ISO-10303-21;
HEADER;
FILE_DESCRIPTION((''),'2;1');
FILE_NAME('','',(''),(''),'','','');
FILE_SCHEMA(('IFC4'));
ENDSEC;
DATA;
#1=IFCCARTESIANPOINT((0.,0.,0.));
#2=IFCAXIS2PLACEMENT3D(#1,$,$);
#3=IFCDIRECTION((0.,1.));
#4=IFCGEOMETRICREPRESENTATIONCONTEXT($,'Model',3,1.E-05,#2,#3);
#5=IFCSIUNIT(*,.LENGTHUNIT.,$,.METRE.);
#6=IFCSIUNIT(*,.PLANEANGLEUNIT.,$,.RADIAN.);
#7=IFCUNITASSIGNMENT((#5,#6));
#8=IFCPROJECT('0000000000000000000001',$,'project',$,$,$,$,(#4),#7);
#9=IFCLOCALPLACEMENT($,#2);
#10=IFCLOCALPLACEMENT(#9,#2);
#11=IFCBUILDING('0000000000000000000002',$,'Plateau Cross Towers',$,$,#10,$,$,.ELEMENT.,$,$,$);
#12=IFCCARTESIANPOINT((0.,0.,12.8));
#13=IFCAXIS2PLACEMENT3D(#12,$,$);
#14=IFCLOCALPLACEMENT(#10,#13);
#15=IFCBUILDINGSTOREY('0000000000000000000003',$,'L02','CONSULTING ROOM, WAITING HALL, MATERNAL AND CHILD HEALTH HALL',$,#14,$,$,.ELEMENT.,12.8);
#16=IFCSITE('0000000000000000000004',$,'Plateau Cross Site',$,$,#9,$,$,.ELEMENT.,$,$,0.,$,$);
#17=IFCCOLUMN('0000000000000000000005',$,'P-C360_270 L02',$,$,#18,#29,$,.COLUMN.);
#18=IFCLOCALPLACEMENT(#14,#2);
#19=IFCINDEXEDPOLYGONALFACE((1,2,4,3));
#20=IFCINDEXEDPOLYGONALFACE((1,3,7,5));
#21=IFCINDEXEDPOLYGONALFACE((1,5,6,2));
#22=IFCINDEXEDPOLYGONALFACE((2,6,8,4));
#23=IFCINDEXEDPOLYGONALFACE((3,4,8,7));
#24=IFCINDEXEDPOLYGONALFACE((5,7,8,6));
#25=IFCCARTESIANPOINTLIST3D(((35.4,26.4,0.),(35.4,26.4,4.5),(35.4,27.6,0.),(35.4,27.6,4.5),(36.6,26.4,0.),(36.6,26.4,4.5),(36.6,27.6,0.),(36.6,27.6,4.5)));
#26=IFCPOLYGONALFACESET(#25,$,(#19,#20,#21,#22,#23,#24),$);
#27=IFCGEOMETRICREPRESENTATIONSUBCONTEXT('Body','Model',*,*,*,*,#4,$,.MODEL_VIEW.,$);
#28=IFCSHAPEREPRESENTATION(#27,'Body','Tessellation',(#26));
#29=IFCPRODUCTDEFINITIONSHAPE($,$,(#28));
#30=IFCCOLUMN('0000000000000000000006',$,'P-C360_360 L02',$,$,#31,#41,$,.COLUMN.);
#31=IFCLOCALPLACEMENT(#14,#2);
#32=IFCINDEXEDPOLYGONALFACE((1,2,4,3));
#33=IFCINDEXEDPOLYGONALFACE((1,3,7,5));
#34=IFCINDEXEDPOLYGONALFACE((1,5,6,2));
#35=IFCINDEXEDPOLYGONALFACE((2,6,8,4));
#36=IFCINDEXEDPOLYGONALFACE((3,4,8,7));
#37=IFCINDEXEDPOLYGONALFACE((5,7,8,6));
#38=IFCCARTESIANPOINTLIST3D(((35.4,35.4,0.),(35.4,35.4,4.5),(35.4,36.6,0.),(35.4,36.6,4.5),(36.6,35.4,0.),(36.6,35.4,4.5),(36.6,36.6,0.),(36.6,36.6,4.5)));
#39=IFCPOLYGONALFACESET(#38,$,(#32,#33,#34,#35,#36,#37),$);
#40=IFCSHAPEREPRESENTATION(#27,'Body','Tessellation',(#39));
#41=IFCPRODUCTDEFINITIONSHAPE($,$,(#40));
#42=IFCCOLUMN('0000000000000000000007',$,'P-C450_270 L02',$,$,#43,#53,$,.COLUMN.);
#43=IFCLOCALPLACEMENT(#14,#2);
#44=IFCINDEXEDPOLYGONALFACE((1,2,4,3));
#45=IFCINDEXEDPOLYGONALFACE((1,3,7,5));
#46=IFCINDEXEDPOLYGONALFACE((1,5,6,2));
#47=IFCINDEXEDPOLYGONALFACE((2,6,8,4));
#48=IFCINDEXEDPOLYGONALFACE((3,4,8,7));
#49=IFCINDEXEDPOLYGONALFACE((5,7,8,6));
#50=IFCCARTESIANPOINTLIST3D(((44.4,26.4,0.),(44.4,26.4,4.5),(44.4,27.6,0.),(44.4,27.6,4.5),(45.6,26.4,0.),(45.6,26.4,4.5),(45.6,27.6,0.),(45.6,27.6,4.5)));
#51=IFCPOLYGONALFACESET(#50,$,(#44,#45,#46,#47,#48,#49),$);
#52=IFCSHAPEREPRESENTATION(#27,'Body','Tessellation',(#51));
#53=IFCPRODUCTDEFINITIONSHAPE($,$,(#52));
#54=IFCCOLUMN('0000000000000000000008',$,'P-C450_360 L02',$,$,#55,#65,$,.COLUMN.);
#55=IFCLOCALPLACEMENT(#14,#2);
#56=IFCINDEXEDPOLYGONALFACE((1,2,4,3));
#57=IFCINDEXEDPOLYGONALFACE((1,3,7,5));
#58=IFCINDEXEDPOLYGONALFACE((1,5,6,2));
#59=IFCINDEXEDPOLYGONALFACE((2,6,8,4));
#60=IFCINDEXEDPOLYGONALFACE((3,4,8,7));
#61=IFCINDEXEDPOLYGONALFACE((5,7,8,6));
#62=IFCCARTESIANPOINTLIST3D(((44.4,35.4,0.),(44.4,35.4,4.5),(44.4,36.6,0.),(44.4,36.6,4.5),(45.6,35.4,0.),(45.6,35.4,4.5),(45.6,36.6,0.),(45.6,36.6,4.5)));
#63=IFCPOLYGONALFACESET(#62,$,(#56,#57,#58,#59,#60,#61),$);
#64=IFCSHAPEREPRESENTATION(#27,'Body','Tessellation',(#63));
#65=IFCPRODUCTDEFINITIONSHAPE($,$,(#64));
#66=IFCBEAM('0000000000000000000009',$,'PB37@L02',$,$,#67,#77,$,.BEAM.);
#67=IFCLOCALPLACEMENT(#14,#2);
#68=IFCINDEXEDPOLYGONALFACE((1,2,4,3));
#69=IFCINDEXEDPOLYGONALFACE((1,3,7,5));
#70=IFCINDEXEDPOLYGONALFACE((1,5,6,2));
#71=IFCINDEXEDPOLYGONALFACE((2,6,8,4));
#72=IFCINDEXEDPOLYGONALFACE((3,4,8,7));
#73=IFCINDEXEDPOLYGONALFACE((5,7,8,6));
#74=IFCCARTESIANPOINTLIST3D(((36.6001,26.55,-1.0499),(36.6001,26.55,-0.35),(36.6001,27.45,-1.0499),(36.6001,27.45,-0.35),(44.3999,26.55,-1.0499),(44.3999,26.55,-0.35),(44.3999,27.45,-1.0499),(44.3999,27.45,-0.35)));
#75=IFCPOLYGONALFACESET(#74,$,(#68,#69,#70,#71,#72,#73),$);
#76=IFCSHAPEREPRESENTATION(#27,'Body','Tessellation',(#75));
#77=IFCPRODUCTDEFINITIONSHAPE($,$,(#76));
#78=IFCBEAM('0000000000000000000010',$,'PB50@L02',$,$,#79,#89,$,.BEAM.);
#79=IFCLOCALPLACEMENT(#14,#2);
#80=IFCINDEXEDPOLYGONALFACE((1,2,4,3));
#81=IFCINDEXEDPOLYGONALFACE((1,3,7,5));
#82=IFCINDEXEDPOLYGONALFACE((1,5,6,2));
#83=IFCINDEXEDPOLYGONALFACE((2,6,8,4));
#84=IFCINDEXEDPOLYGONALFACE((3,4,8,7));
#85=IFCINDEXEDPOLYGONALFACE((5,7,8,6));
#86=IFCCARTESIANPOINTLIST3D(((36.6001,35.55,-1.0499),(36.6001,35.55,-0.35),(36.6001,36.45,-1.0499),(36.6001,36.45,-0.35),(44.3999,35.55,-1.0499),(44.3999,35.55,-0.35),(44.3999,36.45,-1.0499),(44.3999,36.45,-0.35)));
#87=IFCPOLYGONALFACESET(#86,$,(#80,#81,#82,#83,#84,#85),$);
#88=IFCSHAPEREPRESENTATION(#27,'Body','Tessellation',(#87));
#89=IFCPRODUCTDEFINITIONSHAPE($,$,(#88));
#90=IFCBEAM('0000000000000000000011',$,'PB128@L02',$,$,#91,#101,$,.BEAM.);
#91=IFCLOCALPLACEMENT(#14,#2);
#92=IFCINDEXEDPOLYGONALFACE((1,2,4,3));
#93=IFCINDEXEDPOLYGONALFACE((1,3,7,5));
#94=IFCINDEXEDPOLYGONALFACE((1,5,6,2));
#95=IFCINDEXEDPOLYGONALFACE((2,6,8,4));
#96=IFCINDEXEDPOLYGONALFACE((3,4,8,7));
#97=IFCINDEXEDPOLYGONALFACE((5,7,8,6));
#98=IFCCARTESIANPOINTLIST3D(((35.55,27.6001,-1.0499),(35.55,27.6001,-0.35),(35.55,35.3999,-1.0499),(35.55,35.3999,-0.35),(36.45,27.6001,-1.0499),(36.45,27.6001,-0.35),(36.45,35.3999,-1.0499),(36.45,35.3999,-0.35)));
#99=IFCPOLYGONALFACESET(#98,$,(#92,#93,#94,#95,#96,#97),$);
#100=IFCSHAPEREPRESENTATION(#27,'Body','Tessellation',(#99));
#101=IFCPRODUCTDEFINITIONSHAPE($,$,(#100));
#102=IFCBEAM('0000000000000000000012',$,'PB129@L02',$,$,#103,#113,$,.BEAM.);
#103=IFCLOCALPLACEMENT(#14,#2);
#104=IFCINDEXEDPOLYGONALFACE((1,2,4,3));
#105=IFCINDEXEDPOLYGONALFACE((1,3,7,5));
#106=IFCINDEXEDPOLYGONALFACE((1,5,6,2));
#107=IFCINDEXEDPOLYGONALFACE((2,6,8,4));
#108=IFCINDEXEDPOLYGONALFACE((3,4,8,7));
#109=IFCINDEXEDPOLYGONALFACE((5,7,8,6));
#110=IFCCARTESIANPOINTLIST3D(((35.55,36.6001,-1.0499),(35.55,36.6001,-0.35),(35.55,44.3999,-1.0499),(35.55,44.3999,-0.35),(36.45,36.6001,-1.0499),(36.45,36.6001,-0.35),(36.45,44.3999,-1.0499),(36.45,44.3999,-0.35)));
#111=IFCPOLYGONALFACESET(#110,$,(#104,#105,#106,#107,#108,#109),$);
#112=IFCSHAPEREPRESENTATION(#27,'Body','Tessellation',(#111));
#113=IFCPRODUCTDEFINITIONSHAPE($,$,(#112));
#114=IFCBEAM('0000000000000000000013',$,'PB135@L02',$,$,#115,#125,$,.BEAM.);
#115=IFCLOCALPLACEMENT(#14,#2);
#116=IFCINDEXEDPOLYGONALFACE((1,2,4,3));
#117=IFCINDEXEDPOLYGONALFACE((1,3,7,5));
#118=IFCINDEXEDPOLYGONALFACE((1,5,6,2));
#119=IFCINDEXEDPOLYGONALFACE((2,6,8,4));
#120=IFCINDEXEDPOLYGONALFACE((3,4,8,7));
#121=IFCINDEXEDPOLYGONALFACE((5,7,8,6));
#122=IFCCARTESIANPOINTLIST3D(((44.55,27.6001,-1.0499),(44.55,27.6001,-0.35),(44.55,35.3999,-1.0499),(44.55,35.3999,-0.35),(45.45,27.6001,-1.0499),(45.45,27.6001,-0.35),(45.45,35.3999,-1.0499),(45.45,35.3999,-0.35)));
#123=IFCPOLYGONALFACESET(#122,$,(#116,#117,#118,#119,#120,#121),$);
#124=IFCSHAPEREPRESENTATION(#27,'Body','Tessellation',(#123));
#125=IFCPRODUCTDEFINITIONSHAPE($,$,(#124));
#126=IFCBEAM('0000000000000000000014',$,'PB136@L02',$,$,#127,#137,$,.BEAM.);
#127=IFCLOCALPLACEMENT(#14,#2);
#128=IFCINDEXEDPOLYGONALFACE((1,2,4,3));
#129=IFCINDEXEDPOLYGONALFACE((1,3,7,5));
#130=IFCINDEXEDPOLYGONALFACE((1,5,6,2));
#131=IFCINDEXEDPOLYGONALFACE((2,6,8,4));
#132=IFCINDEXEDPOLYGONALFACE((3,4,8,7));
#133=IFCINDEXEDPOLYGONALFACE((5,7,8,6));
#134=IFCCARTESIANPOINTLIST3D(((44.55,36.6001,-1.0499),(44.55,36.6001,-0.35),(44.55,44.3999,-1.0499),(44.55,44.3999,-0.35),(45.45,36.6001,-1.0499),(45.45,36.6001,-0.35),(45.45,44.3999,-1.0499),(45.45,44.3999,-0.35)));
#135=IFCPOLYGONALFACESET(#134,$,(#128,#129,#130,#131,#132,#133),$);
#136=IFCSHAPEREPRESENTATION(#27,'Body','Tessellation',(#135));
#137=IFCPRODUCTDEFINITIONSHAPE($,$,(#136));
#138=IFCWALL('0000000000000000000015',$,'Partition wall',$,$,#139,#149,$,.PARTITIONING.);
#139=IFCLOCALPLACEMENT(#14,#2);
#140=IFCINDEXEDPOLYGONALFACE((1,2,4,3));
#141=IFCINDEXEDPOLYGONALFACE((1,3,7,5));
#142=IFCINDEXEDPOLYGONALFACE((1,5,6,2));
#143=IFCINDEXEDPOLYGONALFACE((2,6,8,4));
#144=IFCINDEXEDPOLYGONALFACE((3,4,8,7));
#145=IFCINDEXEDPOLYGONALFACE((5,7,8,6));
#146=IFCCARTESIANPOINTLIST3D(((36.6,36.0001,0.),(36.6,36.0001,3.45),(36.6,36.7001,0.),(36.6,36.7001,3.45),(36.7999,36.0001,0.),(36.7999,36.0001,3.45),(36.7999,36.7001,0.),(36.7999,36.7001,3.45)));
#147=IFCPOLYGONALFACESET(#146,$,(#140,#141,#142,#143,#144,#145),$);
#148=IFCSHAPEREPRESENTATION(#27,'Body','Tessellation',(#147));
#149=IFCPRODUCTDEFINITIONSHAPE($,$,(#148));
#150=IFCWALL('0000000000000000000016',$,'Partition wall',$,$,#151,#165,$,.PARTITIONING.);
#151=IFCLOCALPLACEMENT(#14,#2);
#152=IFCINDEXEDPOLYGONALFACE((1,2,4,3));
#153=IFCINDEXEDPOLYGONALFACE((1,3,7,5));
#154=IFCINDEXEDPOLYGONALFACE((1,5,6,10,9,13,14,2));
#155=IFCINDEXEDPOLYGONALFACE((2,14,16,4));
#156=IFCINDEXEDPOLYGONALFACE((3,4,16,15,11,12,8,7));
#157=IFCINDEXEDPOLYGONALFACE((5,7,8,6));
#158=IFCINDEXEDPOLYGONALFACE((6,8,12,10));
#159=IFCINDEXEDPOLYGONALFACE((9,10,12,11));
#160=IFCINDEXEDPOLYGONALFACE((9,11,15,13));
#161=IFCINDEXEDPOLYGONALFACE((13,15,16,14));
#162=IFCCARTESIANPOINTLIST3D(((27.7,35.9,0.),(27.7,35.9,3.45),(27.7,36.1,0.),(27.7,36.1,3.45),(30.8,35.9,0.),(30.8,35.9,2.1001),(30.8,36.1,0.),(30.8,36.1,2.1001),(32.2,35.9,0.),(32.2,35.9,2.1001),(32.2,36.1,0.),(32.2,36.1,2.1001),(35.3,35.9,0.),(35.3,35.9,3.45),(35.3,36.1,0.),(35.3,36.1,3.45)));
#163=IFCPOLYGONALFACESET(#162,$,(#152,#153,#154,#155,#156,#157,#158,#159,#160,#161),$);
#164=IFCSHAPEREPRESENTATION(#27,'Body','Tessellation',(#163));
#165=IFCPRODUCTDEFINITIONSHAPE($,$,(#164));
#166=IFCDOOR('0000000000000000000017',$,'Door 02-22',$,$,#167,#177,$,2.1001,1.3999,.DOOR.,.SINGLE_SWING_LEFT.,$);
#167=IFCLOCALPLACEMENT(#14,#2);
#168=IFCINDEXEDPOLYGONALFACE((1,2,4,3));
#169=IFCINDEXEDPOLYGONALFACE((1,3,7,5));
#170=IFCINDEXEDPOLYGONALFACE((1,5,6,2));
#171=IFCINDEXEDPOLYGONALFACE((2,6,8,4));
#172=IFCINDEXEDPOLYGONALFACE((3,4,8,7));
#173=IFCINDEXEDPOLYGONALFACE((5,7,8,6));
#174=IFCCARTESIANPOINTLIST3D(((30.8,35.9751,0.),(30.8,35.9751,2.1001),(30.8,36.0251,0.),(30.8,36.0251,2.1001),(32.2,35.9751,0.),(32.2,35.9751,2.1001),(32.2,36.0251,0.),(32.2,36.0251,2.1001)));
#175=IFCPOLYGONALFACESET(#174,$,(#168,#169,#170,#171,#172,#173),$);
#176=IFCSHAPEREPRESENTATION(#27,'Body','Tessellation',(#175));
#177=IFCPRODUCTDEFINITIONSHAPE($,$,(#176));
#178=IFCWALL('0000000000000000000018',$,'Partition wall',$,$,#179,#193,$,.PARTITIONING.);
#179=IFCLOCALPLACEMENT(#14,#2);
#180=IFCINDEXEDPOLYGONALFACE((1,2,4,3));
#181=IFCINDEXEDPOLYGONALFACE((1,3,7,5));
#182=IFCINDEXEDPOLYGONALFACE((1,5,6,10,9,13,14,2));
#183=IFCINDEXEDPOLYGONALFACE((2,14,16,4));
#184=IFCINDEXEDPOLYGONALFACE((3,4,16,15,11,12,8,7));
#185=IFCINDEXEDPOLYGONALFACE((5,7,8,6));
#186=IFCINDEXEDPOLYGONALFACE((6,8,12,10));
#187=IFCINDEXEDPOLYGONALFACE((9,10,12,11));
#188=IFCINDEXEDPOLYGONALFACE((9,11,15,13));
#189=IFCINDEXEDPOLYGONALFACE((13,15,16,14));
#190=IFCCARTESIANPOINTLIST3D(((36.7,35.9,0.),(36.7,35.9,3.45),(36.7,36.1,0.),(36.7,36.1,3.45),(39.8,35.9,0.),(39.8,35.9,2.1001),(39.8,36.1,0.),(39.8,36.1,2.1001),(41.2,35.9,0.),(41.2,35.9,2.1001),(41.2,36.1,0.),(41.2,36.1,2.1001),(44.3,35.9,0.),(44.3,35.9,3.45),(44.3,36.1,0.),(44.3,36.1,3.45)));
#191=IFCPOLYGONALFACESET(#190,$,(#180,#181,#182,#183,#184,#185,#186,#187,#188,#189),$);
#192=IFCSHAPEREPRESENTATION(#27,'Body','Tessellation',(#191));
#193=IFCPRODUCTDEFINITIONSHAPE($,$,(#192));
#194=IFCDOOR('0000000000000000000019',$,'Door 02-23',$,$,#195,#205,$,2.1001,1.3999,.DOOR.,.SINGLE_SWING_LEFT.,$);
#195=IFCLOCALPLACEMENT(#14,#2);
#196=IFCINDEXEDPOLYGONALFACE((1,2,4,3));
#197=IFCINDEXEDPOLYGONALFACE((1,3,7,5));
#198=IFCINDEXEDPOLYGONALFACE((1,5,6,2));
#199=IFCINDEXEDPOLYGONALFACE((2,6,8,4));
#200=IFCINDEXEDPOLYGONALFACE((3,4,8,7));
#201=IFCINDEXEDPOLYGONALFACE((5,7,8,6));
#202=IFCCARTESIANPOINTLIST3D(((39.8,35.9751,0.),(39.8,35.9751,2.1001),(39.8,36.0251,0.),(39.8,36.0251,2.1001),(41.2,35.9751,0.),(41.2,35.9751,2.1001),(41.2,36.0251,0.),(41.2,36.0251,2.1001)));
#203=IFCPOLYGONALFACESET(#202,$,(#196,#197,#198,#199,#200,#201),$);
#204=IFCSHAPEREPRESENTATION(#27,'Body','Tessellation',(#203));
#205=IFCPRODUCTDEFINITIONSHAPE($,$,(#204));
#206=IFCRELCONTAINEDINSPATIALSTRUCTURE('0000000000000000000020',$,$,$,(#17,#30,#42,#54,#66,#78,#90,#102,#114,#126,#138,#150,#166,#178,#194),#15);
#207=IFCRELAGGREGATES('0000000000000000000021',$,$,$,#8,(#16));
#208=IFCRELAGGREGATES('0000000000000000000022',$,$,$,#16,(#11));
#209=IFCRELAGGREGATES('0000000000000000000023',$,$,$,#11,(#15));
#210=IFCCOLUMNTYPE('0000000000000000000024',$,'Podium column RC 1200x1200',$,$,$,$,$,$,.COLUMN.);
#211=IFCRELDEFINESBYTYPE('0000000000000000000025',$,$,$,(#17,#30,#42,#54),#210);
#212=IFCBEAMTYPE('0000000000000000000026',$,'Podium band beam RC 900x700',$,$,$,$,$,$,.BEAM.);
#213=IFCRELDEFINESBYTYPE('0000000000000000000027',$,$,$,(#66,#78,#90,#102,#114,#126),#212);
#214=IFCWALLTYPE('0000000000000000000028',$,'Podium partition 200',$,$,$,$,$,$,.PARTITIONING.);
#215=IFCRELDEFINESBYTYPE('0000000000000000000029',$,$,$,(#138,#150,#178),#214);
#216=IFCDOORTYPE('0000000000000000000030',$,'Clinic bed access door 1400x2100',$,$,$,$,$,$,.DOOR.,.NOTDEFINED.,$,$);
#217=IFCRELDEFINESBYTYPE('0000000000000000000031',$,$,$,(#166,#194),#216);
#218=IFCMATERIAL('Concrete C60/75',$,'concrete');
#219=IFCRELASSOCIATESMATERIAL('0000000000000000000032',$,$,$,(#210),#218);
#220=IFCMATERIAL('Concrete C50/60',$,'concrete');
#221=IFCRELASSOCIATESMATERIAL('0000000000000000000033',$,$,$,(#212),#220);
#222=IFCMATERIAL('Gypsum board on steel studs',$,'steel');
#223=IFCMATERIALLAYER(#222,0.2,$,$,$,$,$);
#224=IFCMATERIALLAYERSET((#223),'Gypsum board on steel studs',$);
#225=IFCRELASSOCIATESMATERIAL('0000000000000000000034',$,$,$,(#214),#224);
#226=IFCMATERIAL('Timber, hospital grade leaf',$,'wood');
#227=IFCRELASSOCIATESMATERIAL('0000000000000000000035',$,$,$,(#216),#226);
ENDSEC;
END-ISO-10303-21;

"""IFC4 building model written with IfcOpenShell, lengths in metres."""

from ifc_helpers import new_model, si_unit, direction, frame, frame_2d, origin, origin_2d, place, context, subcontext, project, spatial, rectangle, extrude, material, layer, layer_set, material_profile, profile_set, type_object, element, fill, save


model = new_model("IFC4")

# Units and contexts
model_context = context("Model", 3, precision=1e-05, world=origin(), true_north=direction((0.0, 1.0)))
body_context = subcontext(model_context, "Body", "Model", "MODEL_VIEW")
ifc_project = project(units=[si_unit("LENGTHUNIT", "METRE"), si_unit("PLANEANGLEUNIT", "RADIAN")], contexts=[model_context])

# Site, building, storey
site_placement = place(None, origin())
site = spatial("IfcSite", under=ifc_project, at=site_placement, Name="Plateau Cross Site", CompositionType="ELEMENT", RefElevation=0.0)
building_placement = place(site_placement, origin())
building = spatial("IfcBuilding", under=site, at=building_placement, Name="Plateau Cross Towers", CompositionType="ELEMENT")
storey_placement = place(building_placement, frame((0.0, 0.0, 12.8)))
storey = spatial("IfcBuildingStorey", under=building, at=storey_placement, Name="L02", Description="CONSULTING ROOM, WAITING HALL, MATERNAL AND CHILD HEALTH HALL", CompositionType="ELEMENT", Elevation=12.8)

# Columns
ifc_material_1 = material(Name="Concrete C60/75", Category="concrete")
ifc_material_profile_1 = material_profile(ifc_material_1, rectangle(XDim=1.2, YDim=1.2, at=origin_2d()), Name="RC 1200x1200")
ifc_profile_set_1 = profile_set([ifc_material_profile_1], Name="Concrete C60/75")
column_type = type_object("IfcColumnType", Name="Podium column RC 1200x1200", PredefinedType="COLUMN", material=ifc_profile_set_1)
for number, where, z_axis, x_axis, name in (
    (1, (36.0, 27.0, 0.0), (0.0, 0.0, 1.0), (1.0, 0.0, 0.0), "P-C360_270 L02"),
    (2, (36.0, 36.0, 0.0), (0.0, 0.0, 1.0), (1.0, 0.0, 0.0), "P-C360_360 L02"),
    (3, (45.0, 27.0, 0.0), (0.0, 0.0, 1.0), (1.0, 0.0, 0.0), "P-C450_270 L02"),
    (4, (45.0, 36.0, 0.0), (0.0, 0.0, 1.0), (1.0, 0.0, 0.0), "P-C450_360 L02"),
):
    element("IfcColumn", number, at=place(storey_placement, frame(where, z_axis=z_axis, x_axis=x_axis)), inside=storey, type_object=column_type, Name=name, PredefinedType="COLUMN", context=body_context, shape_type="SweptSolid", body=[
        extrude(rectangle(XDim=1.2, YDim=1.2, at=origin_2d()), origin(), (0.0, 0.0, 1.0), 4.5),
    ])

# Beams
ifc_material_2 = material(Name="Concrete C50/60", Category="concrete")
ifc_material_profile_2 = material_profile(ifc_material_2, rectangle(XDim=0.8999, YDim=0.7, at=origin_2d()), Name="RC 900x700")
ifc_profile_set_2 = profile_set([ifc_material_profile_2], Name="Concrete C50/60")
beam_type = type_object("IfcBeamType", Name="Podium band beam RC 900x700", PredefinedType="BEAM", material=ifc_profile_set_2)
for number, where, z_axis, x_axis, name in (
    (5, (36.6001, 27.0, -0.7), (1.0, 0.0, 0.0), (0.0, 1.0, 0.0), "PB37@L02"),
    (6, (36.6001, 36.0, -0.7), (1.0, 0.0, 0.0), (0.0, 1.0, 0.0), "PB50@L02"),
    (7, (36.0, 27.6001, -0.7), (0.0, 1.0, 0.0), (-1.0, 0.0, 0.0), "PB128@L02"),
    (8, (36.0, 36.6001, -0.7), (0.0, 1.0, 0.0), (-1.0, 0.0, 0.0), "PB129@L02"),
    (9, (45.0, 27.6001, -0.7), (0.0, 1.0, 0.0), (-1.0, 0.0, 0.0), "PB135@L02"),
    (10, (45.0, 36.6001, -0.7), (0.0, 1.0, 0.0), (-1.0, 0.0, 0.0), "PB136@L02"),
):
    element("IfcBeam", number, at=place(storey_placement, frame(where, z_axis=z_axis, x_axis=x_axis)), inside=storey, type_object=beam_type, Name=name, PredefinedType="BEAM", context=body_context, shape_type="SweptSolid", body=[
        extrude(rectangle(XDim=0.8999, YDim=0.7, at=origin_2d()), origin(), (0.0, 0.0, 1.0), 7.7998),
    ])

# Wall
ifc_material_3 = material(Name="Gypsum board on steel studs", Category="steel")
ifc_layer_1 = layer(ifc_material_3, 0.2)
ifc_layer_set_1 = layer_set([ifc_layer_1], Name="Gypsum board on steel studs")
wall_type_1 = type_object("IfcWallType", Name="Podium partition 200", PredefinedType="PARTITIONING", material=ifc_layer_set_1)
wall_1_placement = place(storey_placement, frame((36.7, 36.0, 0.0), z_axis=(0.0, 0.0, 1.0), x_axis=(0.0, 1.0, 0.0)))
element("IfcWall", 11, at=wall_1_placement, inside=storey, type_object=wall_type_1, Name="Partition wall", PredefinedType="PARTITIONING", context=body_context, shape_type="SweptSolid", body=[
    extrude(rectangle(XDim=0.7, YDim=0.2, at=frame_2d((0.3501, 0.0))), origin(), (0.0, 0.0, 1.0), 3.45),
])

# Walls, openings, doors
wall_2_placement = place(storey_placement, frame((35.3, 36.0, 0.0), z_axis=(0.0, 0.0, 1.0), x_axis=(-1.0, 0.0, 0.0)))
wall_2 = element("IfcWall", 12, at=wall_2_placement, inside=storey, type_object=wall_type_1, Name="Partition wall", PredefinedType="PARTITIONING", context=body_context, shape_type="SweptSolid", body=[
    extrude(rectangle(XDim=7.6001, YDim=0.2, at=frame_2d((3.8, 0.0))), origin(), (0.0, 0.0, 1.0), 3.45),
])
opening_1_placement = place(wall_2_placement, frame((3.1001, 0.0, 0.0)))
opening_1 = element("IfcOpeningElement", 13, at=opening_1_placement, cuts=wall_2, PredefinedType="OPENING", context=body_context, shape_type="SweptSolid", body=[
    extrude(rectangle(XDim=1.3999, YDim=2.1001, at=frame_2d((0.7, 1.05))), frame((0.0, 0.1099, 0.0), z_axis=(0.0, -1.0, 0.0), x_axis=(1.0, 0.0, 0.0)), (0.0, 0.0, 1.0), 0.22),
])
ifc_material_4 = material(Name="Timber, hospital grade leaf", Category="wood")
door_type_1 = type_object("IfcDoorType", Name="Clinic bed access door 1400x2100", OperationType="NOTDEFINED", PredefinedType="DOOR", material=ifc_material_4)
door_1_placement = place(opening_1_placement, origin())
door_1 = element("IfcDoor", 14, at=door_1_placement, inside=storey, type_object=door_type_1, Name="Door 02-22", OperationType="SINGLE_SWING_LEFT", OverallHeight=2.1001, OverallWidth=1.3999, PredefinedType="DOOR", context=body_context, shape_type="SweptSolid", body=[
    extrude(rectangle(XDim=1.3999, YDim=2.1001, at=frame_2d((0.7, 1.05))), frame((0.0, 0.0249, 0.0), z_axis=(0.0, -1.0, 0.0), x_axis=(1.0, 0.0, 0.0)), (0.0, 0.0, 1.0), 0.05),
])
fill(opening_1, door_1)
wall_3_placement = place(storey_placement, frame((44.3, 36.0, 0.0), z_axis=(0.0, 0.0, 1.0), x_axis=(-1.0, 0.0, 0.0)))
wall_3 = element("IfcWall", 15, at=wall_3_placement, inside=storey, type_object=wall_type_1, Name="Partition wall", PredefinedType="PARTITIONING", context=body_context, shape_type="SweptSolid", body=[
    extrude(rectangle(XDim=7.6001, YDim=0.2, at=frame_2d((3.8, 0.0))), origin(), (0.0, 0.0, 1.0), 3.45),
])
opening_2_placement = place(wall_3_placement, frame((3.1001, 0.0, 0.0)))
opening_2 = element("IfcOpeningElement", 16, at=opening_2_placement, cuts=wall_3, PredefinedType="OPENING", context=body_context, shape_type="SweptSolid", body=[
    extrude(rectangle(XDim=1.3999, YDim=2.1001, at=frame_2d((0.7, 1.05))), frame((0.0, 0.1099, 0.0), z_axis=(0.0, -1.0, 0.0), x_axis=(1.0, 0.0, 0.0)), (0.0, 0.0, 1.0), 0.22),
])
door_2_placement = place(opening_2_placement, origin())
door_2 = element("IfcDoor", 17, at=door_2_placement, inside=storey, type_object=door_type_1, Name="Door 02-23", OperationType="SINGLE_SWING_LEFT", OverallHeight=2.1001, OverallWidth=1.3999, PredefinedType="DOOR", context=body_context, shape_type="SweptSolid", body=[
    extrude(rectangle(XDim=1.3999, YDim=2.1001, at=frame_2d((0.7, 1.05))), frame((0.0, 0.0249, 0.0), z_axis=(0.0, -1.0, 0.0), x_axis=(1.0, 0.0, 0.0)), (0.0, 0.0, 1.0), 0.05),
])
fill(opening_2, door_2)

save(model, "model.ifc")
